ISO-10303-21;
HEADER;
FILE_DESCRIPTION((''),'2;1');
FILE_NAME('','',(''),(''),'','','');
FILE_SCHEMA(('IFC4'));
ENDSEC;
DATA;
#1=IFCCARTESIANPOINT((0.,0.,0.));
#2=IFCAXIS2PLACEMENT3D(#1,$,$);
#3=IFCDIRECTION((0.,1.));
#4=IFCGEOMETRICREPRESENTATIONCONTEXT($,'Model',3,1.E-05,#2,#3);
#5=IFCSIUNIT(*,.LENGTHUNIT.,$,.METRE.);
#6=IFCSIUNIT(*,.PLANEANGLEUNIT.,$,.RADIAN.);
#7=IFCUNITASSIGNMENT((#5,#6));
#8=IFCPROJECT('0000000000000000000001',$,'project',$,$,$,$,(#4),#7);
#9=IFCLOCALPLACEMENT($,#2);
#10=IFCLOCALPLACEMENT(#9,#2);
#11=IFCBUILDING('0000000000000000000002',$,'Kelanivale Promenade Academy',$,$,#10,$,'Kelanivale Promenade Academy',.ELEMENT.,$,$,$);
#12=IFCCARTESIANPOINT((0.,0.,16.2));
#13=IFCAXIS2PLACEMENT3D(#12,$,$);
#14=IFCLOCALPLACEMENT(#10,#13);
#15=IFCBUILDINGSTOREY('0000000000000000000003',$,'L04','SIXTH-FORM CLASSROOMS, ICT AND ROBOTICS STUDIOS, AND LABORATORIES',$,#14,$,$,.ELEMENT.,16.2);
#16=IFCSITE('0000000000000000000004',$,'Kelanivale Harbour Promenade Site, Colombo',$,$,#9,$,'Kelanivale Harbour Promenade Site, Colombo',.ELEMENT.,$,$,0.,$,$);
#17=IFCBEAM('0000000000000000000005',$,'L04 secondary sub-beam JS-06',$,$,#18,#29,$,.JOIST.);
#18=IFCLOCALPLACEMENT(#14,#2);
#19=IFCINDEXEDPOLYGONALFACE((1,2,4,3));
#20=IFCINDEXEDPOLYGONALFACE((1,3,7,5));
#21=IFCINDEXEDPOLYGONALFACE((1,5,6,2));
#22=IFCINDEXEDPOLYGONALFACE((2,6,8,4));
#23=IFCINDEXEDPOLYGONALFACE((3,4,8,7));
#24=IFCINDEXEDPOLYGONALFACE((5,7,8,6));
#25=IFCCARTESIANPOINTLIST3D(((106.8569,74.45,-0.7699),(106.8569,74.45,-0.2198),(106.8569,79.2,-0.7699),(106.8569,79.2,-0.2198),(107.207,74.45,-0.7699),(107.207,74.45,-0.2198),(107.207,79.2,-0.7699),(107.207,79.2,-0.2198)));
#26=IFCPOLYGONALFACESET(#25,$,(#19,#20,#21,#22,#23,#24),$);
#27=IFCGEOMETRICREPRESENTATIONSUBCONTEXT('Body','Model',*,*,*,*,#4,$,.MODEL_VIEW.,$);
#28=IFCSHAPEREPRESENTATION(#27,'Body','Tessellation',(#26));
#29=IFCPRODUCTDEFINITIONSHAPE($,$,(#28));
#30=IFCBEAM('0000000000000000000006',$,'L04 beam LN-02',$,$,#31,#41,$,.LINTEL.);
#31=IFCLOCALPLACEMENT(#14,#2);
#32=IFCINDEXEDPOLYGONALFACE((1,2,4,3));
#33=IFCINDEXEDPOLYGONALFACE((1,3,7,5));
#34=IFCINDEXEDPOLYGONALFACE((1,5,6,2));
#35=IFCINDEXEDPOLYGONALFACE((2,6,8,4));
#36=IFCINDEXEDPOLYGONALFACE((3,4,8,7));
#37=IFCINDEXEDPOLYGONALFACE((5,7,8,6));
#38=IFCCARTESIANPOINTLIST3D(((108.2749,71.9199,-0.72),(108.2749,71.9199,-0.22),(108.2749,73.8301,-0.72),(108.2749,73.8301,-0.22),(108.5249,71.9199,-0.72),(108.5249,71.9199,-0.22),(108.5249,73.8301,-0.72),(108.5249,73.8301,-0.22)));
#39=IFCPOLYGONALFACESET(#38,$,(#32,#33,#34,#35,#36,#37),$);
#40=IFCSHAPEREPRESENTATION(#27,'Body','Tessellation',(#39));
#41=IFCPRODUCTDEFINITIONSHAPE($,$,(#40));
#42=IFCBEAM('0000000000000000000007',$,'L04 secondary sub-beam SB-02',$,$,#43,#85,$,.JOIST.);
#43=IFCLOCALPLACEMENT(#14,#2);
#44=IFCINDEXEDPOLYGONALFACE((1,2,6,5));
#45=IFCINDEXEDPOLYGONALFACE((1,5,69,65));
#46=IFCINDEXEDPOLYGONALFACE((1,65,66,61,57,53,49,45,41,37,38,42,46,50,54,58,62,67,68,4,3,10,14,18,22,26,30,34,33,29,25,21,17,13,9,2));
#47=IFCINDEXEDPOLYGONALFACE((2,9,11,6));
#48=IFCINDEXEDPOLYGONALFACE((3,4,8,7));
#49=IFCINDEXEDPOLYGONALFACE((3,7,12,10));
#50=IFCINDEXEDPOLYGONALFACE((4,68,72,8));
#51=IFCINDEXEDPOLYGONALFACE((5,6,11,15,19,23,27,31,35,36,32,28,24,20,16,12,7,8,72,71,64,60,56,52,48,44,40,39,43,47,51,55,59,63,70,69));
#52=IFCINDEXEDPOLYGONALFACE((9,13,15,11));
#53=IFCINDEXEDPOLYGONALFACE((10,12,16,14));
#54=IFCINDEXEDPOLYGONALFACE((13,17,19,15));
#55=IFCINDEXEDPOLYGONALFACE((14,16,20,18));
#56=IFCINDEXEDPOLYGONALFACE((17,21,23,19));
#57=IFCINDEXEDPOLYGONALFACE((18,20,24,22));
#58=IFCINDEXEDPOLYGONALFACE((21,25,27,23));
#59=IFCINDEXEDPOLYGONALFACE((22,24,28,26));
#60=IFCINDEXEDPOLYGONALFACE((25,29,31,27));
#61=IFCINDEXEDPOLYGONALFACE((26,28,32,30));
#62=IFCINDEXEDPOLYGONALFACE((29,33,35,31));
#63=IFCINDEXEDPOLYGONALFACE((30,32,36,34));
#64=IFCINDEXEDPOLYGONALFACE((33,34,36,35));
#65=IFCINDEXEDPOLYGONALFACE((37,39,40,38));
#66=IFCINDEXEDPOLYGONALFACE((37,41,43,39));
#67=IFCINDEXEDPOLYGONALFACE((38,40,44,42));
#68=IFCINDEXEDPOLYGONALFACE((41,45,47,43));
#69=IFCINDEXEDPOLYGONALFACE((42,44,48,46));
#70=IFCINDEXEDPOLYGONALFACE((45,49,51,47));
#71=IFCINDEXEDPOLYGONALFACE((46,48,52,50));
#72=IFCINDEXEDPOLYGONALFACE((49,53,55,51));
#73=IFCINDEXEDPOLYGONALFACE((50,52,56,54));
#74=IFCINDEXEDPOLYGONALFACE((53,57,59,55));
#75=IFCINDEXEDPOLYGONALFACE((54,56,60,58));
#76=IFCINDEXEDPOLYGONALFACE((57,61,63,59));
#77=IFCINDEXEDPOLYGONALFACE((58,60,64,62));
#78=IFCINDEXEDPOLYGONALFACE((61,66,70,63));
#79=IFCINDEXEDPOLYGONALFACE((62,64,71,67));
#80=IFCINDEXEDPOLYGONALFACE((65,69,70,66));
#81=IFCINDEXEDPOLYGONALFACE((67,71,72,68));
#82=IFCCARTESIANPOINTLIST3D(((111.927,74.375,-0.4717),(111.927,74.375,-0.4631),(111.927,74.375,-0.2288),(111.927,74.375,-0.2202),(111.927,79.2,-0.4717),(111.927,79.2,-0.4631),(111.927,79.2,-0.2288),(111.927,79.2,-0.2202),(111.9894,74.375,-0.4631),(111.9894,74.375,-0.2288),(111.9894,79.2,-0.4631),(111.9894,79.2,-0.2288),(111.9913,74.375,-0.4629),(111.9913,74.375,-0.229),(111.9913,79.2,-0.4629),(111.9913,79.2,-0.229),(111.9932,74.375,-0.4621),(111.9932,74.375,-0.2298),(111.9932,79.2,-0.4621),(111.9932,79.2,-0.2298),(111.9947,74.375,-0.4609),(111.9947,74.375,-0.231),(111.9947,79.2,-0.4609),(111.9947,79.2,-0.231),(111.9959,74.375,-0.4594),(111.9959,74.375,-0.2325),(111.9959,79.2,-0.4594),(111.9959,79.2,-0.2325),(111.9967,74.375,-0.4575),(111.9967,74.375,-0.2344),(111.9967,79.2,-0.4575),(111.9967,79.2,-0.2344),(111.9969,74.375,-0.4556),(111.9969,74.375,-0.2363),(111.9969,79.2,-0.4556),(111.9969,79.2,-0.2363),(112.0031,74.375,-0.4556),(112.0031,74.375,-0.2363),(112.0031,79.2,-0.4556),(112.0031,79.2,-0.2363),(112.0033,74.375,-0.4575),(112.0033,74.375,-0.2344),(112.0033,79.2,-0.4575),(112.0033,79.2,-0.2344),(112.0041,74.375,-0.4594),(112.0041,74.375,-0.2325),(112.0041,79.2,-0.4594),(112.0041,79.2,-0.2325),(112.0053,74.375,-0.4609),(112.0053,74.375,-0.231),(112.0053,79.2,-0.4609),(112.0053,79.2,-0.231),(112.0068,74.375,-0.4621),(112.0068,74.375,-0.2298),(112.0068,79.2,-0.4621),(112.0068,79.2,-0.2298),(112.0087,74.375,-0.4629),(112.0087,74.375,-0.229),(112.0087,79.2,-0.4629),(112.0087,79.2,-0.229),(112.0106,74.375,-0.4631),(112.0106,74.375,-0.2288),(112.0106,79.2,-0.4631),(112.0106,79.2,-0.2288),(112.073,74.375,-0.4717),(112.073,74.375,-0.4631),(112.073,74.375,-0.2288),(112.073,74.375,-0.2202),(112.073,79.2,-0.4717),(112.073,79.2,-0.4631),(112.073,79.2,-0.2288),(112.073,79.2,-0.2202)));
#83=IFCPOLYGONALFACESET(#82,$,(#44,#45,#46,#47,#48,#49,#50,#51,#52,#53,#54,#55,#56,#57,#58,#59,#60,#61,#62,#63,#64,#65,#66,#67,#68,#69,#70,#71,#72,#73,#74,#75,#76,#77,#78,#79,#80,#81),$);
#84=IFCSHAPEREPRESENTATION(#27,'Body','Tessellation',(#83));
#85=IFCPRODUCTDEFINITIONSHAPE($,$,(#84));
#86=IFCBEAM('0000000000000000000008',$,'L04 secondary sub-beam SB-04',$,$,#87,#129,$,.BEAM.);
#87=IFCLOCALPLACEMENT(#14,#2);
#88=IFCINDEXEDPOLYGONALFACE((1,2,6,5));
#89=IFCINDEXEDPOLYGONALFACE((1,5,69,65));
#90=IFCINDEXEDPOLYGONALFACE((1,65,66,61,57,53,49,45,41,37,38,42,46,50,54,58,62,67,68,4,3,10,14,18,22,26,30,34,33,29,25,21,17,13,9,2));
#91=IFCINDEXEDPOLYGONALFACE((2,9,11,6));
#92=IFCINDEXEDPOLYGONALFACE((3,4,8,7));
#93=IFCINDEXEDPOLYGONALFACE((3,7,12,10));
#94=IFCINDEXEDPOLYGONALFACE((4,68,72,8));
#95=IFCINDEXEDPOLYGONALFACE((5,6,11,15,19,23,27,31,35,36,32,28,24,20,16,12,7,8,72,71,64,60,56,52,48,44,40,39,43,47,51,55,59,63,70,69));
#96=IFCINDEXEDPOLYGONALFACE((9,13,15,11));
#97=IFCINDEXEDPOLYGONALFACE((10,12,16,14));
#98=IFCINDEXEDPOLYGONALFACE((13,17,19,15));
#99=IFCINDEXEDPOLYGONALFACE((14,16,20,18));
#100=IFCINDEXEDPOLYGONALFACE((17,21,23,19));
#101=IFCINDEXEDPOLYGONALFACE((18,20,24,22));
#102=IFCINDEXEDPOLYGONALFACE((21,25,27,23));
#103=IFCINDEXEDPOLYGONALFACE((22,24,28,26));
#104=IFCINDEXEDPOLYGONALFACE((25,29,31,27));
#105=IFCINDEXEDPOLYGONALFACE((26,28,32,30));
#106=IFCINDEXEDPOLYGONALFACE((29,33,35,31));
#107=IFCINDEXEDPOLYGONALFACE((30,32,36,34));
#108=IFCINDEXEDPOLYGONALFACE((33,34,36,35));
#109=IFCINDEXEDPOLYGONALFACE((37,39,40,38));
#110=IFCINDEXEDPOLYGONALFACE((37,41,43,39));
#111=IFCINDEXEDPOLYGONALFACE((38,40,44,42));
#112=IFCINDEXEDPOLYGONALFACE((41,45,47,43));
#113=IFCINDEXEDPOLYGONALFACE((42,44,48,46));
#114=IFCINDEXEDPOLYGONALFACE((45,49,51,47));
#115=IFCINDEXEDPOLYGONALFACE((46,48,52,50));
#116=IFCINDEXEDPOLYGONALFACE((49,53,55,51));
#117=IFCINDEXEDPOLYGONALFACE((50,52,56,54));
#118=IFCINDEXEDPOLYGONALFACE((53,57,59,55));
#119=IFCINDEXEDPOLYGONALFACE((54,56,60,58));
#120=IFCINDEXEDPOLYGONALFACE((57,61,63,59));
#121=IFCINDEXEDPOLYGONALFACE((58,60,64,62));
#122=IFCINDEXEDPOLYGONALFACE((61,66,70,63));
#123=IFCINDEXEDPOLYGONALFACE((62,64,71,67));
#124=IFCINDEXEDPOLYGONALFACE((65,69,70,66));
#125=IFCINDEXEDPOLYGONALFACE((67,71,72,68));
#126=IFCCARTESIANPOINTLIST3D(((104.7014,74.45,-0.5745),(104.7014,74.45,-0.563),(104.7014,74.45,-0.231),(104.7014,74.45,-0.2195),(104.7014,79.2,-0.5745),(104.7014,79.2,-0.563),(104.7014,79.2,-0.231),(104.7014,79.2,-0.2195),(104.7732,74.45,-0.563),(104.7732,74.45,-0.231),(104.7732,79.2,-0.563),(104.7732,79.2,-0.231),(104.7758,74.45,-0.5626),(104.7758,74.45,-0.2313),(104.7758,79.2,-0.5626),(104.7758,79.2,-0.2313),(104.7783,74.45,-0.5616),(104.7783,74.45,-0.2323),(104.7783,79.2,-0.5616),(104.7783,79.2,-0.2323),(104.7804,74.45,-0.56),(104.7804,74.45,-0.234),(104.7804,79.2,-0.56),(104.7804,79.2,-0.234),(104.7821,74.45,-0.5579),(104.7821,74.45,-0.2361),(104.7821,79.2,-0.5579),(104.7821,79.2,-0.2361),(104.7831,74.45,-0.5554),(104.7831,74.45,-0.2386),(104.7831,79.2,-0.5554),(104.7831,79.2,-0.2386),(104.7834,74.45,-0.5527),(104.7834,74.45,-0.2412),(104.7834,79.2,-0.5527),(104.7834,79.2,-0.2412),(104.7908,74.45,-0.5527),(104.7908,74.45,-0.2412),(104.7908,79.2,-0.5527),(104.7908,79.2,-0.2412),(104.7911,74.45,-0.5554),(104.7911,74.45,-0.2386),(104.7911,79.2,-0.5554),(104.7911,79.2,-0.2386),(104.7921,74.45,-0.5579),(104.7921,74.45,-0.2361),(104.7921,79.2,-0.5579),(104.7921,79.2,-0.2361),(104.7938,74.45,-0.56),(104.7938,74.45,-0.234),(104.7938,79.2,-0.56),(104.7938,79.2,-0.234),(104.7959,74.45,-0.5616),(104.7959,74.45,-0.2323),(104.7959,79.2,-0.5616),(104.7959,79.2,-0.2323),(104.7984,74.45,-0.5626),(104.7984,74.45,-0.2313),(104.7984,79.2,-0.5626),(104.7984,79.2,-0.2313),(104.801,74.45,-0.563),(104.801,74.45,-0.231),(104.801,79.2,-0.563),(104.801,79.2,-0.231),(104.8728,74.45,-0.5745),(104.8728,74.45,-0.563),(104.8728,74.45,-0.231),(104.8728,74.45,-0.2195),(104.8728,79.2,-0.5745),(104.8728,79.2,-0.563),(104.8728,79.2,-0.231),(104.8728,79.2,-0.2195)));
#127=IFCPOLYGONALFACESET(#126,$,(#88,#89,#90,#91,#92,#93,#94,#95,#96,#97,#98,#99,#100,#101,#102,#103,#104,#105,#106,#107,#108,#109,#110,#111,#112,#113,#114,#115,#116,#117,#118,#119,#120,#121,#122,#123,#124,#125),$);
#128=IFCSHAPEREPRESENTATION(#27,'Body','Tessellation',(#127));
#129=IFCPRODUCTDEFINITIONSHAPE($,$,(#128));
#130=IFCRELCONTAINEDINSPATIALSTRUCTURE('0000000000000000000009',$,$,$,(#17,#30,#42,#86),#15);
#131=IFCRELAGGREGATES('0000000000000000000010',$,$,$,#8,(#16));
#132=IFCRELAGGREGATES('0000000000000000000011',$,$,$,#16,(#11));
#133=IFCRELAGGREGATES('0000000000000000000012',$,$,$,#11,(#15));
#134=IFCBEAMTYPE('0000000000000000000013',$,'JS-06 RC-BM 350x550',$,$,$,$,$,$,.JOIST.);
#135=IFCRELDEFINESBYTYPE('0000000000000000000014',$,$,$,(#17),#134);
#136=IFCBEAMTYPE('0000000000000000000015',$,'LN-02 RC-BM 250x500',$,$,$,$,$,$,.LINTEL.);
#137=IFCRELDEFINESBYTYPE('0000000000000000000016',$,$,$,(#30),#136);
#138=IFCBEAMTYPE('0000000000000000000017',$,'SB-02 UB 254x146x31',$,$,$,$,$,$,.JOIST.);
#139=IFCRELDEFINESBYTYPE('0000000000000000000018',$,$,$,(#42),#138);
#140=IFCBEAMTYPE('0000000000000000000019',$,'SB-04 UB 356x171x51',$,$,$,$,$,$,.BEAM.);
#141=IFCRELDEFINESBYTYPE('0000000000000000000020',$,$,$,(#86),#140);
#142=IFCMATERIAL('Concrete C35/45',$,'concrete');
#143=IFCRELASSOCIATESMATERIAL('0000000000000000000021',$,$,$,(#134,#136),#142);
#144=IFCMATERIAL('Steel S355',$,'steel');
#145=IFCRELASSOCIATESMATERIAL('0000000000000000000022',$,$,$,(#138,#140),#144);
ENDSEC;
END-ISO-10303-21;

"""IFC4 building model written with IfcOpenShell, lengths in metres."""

from ifc_helpers import new_model, si_unit, direction, frame, origin, origin_2d, place, context, subcontext, project, spatial, rectangle, i_section, extrude, material, material_profile, profile_set, type_object, element, save


model = new_model("IFC4")

# Units and contexts
model_context = context("Model", 3, precision=1e-05, world=origin(), true_north=direction((0.0, 1.0)))
body_context = subcontext(model_context, "Body", "Model", "MODEL_VIEW")
ifc_project = project(units=[si_unit("LENGTHUNIT", "METRE"), si_unit("PLANEANGLEUNIT", "RADIAN")], contexts=[model_context])

# Site, building, storey
site_placement = place(None, origin())
site = spatial("IfcSite", under=ifc_project, at=site_placement, Name="Kelanivale Harbour Promenade Site, Colombo", LongName="Kelanivale Harbour Promenade Site, Colombo", CompositionType="ELEMENT", RefElevation=0.0)
building_placement = place(site_placement, origin())
building = spatial("IfcBuilding", under=site, at=building_placement, Name="Kelanivale Promenade Academy", LongName="Kelanivale Promenade Academy", CompositionType="ELEMENT")
storey_placement = place(building_placement, frame((0.0, 0.0, 16.2)))
storey = spatial("IfcBuildingStorey", under=building, at=storey_placement, Name="L04", Description="SIXTH-FORM CLASSROOMS, ICT AND ROBOTICS STUDIOS, AND LABORATORIES", CompositionType="ELEMENT", Elevation=16.2)

# Beams
ifc_material_1 = material(Name="Concrete C35/45", Category="concrete")
ifc_material_profile_1 = material_profile(ifc_material_1, rectangle(XDim=0.3501, YDim=0.55, at=origin_2d()), Name="RC-BM 350x550")
ifc_profile_set_1 = profile_set([ifc_material_profile_1], Name="Concrete C35/45")
beam_type_1 = type_object("IfcBeamType", Name="JS-06 RC-BM 350x550", PredefinedType="JOIST", material=ifc_profile_set_1)
beam_1_placement = place(storey_placement, frame((107.032, 74.45, -0.4949), z_axis=(0.0, 1.0, 0.0), x_axis=(-1.0, 0.0, 0.0)))
element("IfcBeam", 1, at=beam_1_placement, inside=storey, type_object=beam_type_1, Name="L04 secondary sub-beam JS-06", PredefinedType="JOIST", context=body_context, shape_type="SweptSolid", body=[
    extrude(rectangle(XDim=0.3501, YDim=0.55, at=origin_2d()), origin(), (0.0, 0.0, 1.0), 4.75),
])
ifc_material_profile_2 = material_profile(ifc_material_1, rectangle(XDim=0.25, YDim=0.5, at=origin_2d()), Name="RC-BM 250x500")
ifc_profile_set_2 = profile_set([ifc_material_profile_2], Name="Concrete C35/45")
beam_type_2 = type_object("IfcBeamType", Name="LN-02 RC-BM 250x500", PredefinedType="LINTEL", material=ifc_profile_set_2)
beam_2_placement = place(storey_placement, frame((108.3999, 71.9199, -0.47), z_axis=(0.0, 1.0, 0.0), x_axis=(-1.0, 0.0, 0.0)))
element("IfcBeam", 2, at=beam_2_placement, inside=storey, type_object=beam_type_2, Name="L04 beam LN-02", PredefinedType="LINTEL", context=body_context, shape_type="SweptSolid", body=[
    extrude(rectangle(XDim=0.25, YDim=0.5, at=origin_2d()), origin(), (0.0, 0.0, 1.0), 1.9102),
])
ifc_material_2 = material(Name="Steel S355", Category="steel")
ifc_material_profile_3 = material_profile(ifc_material_2, i_section(OverallWidth=0.146, OverallDepth=0.2515, WebThickness=0.0061, FlangeThickness=0.0085, FilletRadius=0.0076, at=origin_2d()), Name="UB 254x146x31")
ifc_profile_set_3 = profile_set([ifc_material_profile_3], Name="Steel S355")
beam_type_3 = type_object("IfcBeamType", Name="SB-02 UB 254x146x31", PredefinedType="JOIST", material=ifc_profile_set_3)
beam_3_placement = place(storey_placement, frame((112.0, 74.375, -0.3459), z_axis=(0.0, 1.0, 0.0), x_axis=(-1.0, 0.0, 0.0)))
element("IfcBeam", 3, at=beam_3_placement, inside=storey, type_object=beam_type_3, Name="L04 secondary sub-beam SB-02", PredefinedType="JOIST", context=body_context, shape_type="SweptSolid", body=[
    extrude(i_section(OverallWidth=0.146, OverallDepth=0.2515, WebThickness=0.0061, FlangeThickness=0.0085, FilletRadius=0.0076, at=origin_2d()), origin(), (0.0, 0.0, 1.0), 4.825),
])
ifc_material_profile_4 = material_profile(ifc_material_2, i_section(OverallWidth=0.1714, OverallDepth=0.355, WebThickness=0.0073, FlangeThickness=0.0115, FilletRadius=0.0103, at=origin_2d()), Name="UB 356x171x51")
ifc_profile_set_4 = profile_set([ifc_material_profile_4], Name="Steel S355")
beam_type_4 = type_object("IfcBeamType", Name="SB-04 UB 356x171x51", PredefinedType="BEAM", material=ifc_profile_set_4)
beam_4_placement = place(storey_placement, frame((104.7871, 74.45, -0.397), z_axis=(0.0, 1.0, 0.0), x_axis=(-1.0, 0.0, 0.0)))
element("IfcBeam", 4, at=beam_4_placement, inside=storey, type_object=beam_type_4, Name="L04 secondary sub-beam SB-04", PredefinedType="BEAM", context=body_context, shape_type="SweptSolid", body=[
    extrude(i_section(OverallWidth=0.1714, OverallDepth=0.355, WebThickness=0.0073, FlangeThickness=0.0115, FilletRadius=0.0103, at=origin_2d()), origin(), (0.0, 0.0, 1.0), 4.75),
])

save(model, "model.ifc")
